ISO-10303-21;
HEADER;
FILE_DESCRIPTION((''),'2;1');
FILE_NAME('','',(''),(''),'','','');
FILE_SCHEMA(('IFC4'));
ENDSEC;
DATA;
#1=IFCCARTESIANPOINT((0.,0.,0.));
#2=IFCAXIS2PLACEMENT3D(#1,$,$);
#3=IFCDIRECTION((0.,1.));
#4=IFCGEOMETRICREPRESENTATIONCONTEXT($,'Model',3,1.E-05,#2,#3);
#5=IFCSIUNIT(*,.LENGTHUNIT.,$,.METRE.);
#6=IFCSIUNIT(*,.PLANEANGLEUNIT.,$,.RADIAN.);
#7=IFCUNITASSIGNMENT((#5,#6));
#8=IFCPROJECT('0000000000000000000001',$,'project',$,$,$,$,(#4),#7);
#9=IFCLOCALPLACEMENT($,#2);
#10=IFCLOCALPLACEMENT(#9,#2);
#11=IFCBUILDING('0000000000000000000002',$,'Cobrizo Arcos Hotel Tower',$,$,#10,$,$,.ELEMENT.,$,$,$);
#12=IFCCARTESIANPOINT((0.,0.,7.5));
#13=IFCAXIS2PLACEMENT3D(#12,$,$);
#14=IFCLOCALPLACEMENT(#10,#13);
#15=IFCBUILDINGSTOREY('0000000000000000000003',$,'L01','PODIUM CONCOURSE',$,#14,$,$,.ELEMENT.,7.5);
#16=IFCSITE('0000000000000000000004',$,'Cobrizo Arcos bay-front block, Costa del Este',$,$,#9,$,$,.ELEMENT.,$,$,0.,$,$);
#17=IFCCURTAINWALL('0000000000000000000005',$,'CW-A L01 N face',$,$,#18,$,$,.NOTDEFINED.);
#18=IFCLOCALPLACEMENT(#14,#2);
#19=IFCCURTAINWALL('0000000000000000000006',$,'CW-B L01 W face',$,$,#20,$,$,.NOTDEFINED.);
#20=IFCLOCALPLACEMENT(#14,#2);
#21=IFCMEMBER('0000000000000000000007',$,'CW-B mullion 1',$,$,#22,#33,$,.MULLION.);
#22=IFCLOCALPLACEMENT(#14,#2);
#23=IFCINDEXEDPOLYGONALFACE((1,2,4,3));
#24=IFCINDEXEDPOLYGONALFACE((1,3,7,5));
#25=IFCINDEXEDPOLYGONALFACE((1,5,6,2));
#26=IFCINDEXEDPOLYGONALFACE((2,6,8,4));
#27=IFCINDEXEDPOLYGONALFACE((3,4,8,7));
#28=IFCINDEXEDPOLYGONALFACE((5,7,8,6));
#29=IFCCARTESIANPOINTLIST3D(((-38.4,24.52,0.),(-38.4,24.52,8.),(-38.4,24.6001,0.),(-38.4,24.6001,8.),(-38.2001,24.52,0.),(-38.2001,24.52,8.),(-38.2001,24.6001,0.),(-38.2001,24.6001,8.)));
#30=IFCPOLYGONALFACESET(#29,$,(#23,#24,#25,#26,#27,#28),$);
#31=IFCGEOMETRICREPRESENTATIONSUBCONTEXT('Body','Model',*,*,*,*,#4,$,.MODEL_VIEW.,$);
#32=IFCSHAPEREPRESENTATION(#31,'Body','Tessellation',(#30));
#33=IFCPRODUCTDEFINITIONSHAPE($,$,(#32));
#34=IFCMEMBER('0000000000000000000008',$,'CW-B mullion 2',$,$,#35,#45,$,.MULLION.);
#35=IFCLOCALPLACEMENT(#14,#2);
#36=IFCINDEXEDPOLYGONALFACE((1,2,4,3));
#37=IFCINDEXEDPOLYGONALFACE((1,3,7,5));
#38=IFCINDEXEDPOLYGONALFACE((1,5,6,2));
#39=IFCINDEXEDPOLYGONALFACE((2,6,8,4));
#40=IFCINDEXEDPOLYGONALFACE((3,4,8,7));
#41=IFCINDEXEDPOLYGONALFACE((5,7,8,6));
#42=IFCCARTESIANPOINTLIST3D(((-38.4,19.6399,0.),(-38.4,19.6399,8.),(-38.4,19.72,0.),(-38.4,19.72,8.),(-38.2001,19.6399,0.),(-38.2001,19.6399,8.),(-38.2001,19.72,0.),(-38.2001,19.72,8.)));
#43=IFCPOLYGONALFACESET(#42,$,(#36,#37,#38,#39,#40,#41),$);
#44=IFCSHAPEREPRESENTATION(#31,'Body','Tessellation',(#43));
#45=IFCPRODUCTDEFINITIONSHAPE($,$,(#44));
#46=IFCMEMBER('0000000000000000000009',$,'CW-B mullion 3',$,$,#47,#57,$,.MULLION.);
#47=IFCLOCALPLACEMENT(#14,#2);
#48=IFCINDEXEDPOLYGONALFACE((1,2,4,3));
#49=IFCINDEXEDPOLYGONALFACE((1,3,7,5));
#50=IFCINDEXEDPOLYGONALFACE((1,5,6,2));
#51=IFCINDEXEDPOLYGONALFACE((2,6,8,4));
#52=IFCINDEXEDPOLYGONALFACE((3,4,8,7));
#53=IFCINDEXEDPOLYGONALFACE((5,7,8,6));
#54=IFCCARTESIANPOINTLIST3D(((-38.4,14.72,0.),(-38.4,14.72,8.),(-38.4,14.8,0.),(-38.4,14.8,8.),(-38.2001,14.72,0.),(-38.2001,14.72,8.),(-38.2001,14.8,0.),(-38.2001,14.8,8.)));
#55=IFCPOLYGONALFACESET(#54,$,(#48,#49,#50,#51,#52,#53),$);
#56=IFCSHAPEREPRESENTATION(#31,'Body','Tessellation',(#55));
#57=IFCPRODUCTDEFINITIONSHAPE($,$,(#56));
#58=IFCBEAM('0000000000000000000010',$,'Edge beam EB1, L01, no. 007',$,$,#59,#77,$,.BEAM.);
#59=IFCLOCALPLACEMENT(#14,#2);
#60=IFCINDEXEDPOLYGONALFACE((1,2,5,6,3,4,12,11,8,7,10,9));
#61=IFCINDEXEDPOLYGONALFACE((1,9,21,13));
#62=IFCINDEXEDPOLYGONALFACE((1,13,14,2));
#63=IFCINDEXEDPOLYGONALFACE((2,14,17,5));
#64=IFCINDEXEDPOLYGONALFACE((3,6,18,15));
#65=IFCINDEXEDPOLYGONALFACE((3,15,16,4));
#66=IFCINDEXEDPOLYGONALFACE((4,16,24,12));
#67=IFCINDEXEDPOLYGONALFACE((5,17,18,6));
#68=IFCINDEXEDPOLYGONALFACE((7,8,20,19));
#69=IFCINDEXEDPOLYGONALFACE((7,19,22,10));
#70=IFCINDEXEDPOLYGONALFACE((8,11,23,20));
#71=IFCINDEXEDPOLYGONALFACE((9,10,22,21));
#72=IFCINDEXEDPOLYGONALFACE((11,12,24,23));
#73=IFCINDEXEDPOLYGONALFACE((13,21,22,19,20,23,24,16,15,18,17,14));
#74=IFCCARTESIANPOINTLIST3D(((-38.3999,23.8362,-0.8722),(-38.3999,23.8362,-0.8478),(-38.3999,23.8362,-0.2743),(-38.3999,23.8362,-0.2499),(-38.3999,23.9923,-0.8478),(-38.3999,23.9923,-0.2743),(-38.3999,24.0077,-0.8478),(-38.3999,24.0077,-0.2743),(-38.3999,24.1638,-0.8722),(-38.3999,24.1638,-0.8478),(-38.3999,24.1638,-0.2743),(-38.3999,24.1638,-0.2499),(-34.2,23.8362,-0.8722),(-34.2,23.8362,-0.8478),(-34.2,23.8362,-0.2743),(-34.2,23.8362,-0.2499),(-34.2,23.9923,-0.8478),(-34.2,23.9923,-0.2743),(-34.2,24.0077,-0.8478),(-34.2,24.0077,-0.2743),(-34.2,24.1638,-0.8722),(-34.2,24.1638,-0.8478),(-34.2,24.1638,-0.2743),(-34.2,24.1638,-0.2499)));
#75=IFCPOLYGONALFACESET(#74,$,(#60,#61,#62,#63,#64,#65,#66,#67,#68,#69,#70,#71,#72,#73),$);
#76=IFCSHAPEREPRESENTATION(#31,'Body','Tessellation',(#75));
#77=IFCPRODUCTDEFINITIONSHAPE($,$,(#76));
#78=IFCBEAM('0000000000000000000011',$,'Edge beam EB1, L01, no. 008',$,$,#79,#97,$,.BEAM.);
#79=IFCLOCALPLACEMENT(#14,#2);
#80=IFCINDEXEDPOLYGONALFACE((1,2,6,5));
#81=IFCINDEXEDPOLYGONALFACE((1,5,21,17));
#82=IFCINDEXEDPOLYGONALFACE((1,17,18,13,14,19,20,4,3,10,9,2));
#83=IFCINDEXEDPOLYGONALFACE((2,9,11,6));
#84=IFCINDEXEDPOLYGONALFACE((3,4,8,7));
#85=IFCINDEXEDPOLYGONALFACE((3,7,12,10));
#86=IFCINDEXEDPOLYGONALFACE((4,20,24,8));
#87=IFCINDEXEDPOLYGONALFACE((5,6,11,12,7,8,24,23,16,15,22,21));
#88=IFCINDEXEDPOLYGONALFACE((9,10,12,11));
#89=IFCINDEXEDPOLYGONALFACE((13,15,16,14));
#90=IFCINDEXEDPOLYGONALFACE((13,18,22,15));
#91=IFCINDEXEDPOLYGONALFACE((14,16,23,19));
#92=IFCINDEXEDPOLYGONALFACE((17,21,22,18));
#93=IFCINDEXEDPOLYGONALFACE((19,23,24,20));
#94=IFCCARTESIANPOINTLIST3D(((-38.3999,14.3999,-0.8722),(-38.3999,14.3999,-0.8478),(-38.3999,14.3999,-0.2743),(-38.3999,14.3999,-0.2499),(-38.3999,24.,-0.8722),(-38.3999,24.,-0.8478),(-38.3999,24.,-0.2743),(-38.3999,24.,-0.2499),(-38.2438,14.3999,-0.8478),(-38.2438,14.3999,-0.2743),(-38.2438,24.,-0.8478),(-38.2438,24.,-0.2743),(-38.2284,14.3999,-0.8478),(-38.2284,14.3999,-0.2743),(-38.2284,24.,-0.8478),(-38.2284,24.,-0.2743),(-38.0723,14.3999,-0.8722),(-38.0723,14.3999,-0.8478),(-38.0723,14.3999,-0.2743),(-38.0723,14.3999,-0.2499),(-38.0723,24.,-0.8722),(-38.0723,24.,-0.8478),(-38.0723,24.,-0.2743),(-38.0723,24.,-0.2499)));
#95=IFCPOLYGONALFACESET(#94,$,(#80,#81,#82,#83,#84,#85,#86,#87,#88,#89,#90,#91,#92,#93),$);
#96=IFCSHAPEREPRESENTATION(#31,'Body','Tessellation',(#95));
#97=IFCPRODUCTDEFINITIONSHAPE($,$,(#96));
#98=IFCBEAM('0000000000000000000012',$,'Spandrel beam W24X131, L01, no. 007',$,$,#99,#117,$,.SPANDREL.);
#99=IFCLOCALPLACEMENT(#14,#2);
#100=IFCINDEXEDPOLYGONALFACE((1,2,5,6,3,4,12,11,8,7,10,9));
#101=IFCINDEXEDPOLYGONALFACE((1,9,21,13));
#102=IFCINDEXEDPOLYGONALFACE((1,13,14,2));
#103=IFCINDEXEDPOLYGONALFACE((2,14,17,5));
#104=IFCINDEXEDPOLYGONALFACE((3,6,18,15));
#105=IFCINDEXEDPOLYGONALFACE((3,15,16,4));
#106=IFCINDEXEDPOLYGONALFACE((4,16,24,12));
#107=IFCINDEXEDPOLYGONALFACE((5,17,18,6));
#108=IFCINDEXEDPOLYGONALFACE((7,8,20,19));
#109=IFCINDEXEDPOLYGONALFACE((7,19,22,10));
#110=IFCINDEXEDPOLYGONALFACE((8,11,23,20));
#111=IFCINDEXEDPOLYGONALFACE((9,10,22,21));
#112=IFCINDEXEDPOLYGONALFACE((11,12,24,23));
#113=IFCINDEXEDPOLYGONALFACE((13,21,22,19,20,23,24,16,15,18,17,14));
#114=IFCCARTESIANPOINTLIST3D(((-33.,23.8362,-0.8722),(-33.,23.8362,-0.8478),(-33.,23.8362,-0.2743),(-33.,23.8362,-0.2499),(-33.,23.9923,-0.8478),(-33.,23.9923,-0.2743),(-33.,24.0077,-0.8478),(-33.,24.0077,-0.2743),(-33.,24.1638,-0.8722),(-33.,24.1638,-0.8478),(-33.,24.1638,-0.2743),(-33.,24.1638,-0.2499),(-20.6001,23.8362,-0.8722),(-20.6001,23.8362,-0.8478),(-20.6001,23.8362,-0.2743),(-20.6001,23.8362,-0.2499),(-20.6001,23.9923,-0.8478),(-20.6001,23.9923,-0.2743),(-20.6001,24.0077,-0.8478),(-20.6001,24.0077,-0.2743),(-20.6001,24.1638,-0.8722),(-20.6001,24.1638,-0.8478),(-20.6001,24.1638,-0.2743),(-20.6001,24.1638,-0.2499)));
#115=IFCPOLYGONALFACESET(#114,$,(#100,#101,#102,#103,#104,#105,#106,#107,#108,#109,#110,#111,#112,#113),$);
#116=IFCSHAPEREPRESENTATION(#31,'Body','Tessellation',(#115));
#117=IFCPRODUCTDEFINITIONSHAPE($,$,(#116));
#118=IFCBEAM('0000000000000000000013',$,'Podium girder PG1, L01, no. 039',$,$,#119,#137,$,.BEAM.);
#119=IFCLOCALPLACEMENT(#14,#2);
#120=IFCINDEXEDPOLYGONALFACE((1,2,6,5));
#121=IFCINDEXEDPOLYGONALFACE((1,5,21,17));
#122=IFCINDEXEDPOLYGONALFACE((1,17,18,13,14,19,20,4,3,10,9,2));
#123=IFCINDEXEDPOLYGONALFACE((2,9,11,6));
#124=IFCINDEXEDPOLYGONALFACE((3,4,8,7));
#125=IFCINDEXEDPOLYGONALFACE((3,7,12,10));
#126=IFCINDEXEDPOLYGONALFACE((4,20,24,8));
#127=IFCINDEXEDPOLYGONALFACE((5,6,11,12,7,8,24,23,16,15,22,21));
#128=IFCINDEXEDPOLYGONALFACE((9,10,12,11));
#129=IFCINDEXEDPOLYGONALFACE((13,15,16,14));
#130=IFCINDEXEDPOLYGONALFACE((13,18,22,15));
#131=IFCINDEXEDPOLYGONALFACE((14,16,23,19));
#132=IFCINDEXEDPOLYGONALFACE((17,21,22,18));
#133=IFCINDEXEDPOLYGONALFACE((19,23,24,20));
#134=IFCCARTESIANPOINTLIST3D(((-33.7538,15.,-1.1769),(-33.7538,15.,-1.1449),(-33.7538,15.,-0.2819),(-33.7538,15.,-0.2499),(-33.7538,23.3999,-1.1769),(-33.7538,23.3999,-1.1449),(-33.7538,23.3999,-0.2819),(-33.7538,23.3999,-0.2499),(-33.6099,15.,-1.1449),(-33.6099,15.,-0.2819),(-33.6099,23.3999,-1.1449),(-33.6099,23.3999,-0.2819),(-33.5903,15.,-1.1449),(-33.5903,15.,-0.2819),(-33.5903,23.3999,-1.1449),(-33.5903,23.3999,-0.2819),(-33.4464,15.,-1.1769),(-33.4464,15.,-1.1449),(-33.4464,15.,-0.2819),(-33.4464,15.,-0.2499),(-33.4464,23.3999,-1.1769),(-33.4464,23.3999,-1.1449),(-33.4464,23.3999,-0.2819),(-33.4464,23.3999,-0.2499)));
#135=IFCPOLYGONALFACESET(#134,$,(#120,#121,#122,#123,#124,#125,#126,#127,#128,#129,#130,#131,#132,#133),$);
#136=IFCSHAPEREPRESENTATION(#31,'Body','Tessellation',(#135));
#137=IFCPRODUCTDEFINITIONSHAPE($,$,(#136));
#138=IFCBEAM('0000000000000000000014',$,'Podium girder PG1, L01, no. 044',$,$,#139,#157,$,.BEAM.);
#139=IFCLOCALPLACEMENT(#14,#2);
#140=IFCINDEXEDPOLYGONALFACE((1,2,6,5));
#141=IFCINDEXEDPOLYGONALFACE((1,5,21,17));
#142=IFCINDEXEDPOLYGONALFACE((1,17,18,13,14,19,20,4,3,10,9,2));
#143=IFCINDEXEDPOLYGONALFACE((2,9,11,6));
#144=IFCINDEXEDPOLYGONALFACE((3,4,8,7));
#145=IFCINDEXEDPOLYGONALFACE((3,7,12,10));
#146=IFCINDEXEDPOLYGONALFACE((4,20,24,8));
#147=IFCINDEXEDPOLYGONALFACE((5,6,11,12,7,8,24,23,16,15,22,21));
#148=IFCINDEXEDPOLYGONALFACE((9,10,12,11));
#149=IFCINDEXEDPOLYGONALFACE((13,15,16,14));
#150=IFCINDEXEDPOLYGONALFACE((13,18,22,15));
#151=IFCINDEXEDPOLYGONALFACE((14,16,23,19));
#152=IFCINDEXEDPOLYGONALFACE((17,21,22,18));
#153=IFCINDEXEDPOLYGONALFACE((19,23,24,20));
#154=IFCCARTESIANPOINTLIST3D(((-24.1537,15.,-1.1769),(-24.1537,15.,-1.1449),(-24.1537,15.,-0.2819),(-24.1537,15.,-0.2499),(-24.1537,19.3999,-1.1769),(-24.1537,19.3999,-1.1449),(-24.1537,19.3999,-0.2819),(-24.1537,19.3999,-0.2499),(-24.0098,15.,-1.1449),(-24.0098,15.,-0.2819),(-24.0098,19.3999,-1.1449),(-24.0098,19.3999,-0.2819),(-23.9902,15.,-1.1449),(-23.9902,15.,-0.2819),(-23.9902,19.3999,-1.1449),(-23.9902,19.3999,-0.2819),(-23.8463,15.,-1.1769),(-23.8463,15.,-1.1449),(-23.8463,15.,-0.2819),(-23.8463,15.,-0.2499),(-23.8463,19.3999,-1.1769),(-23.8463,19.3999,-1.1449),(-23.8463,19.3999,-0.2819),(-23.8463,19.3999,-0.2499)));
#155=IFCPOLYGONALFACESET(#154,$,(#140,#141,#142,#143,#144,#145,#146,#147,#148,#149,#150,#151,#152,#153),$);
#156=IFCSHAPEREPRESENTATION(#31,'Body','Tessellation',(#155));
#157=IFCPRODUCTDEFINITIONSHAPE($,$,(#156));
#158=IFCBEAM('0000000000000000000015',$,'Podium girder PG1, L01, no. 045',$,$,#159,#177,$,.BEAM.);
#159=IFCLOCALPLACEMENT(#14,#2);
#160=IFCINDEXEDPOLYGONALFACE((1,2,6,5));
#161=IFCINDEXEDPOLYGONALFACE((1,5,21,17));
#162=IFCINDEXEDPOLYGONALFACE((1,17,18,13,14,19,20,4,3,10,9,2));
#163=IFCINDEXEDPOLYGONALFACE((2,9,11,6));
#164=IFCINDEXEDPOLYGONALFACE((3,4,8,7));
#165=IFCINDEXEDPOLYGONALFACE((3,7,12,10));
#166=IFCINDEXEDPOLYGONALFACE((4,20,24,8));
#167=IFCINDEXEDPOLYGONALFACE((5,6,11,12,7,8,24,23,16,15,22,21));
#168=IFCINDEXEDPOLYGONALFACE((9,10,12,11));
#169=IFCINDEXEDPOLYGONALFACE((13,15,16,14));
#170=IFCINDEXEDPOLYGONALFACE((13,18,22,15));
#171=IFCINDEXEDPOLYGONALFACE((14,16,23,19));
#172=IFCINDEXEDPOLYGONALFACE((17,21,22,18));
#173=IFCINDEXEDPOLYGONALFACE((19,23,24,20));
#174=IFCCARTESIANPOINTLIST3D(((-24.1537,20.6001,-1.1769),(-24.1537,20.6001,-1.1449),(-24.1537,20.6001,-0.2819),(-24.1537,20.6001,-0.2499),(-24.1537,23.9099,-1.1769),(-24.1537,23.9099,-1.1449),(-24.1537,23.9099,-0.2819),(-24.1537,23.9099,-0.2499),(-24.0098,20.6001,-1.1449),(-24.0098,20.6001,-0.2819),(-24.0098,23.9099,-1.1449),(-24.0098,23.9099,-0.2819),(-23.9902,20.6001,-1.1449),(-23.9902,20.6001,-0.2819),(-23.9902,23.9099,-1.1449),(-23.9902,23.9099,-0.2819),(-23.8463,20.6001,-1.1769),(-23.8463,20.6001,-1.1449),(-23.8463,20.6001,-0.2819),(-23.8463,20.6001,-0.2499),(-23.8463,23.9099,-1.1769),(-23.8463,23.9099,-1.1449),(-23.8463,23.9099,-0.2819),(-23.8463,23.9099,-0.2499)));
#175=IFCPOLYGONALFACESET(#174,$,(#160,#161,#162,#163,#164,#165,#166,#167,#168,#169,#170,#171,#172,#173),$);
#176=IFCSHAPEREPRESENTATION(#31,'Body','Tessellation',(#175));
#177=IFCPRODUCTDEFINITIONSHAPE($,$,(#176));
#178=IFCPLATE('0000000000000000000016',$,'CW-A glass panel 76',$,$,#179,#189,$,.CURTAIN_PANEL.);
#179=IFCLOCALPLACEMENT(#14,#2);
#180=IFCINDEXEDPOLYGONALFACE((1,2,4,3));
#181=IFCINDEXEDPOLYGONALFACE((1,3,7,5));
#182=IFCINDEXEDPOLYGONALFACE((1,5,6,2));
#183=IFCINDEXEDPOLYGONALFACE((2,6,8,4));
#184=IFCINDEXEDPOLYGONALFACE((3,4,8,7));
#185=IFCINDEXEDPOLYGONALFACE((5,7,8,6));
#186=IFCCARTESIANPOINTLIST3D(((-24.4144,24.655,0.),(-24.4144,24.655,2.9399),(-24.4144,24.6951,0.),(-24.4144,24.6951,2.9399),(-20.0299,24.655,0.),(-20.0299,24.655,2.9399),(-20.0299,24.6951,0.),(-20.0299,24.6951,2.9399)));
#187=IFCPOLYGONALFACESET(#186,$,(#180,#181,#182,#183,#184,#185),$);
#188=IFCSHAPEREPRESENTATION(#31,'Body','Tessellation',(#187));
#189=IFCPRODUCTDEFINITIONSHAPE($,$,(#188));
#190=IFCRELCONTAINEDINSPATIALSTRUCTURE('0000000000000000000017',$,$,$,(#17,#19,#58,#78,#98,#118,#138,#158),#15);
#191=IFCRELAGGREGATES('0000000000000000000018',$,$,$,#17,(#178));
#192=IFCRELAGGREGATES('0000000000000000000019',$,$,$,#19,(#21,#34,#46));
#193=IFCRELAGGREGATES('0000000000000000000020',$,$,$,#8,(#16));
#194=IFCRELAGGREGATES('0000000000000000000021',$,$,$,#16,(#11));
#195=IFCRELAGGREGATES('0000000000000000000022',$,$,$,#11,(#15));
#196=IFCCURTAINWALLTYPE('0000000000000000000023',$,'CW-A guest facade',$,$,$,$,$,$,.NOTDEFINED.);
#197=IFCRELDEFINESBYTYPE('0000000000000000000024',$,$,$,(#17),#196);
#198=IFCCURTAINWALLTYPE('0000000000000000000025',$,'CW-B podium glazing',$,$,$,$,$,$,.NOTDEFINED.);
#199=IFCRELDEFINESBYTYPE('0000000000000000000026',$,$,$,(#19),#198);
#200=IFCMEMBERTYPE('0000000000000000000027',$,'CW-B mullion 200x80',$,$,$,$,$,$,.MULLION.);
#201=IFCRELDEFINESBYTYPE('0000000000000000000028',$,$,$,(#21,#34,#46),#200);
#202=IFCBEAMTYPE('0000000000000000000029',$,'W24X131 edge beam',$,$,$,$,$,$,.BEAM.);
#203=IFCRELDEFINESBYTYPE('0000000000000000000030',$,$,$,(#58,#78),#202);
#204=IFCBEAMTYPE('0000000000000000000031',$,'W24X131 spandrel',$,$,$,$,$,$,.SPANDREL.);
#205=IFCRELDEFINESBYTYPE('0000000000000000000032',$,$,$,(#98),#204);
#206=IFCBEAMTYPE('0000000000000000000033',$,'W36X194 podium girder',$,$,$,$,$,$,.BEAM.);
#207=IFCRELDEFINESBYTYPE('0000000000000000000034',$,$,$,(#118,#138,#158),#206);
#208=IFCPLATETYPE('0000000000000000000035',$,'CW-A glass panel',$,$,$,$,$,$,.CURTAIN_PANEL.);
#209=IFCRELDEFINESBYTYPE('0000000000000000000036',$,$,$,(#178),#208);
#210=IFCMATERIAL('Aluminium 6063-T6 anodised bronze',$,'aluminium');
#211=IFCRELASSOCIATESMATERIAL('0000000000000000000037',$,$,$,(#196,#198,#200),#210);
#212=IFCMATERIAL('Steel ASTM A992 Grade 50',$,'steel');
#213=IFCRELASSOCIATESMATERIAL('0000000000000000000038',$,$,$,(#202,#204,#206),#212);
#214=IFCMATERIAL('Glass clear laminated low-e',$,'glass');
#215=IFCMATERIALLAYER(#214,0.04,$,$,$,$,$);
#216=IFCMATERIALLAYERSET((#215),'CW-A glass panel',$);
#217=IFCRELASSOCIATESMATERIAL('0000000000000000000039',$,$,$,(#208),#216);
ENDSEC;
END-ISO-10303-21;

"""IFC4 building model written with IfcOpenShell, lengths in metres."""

from ifc_helpers import new_model, si_unit, direction, frame, origin, origin_2d, place, context, subcontext, project, spatial, rectangle, i_section, extrude, material, layer, layer_set, material_profile, profile_set, type_object, element, aggregate, save


model = new_model("IFC4")

# Units and contexts
model_context = context("Model", 3, precision=1e-05, world=origin(), true_north=direction((0.0, 1.0)))
body_context = subcontext(model_context, "Body", "Model", "MODEL_VIEW")
ifc_project = project(units=[si_unit("LENGTHUNIT", "METRE"), si_unit("PLANEANGLEUNIT", "RADIAN")], contexts=[model_context])

# Site, building, storey
site_placement = place(None, origin())
site = spatial("IfcSite", under=ifc_project, at=site_placement, Name="Cobrizo Arcos bay-front block, Costa del Este", CompositionType="ELEMENT", RefElevation=0.0)
building_placement = place(site_placement, origin())
building = spatial("IfcBuilding", under=site, at=building_placement, Name="Cobrizo Arcos Hotel Tower", CompositionType="ELEMENT")
storey_placement = place(building_placement, frame((0.0, 0.0, 7.5)))
storey = spatial("IfcBuildingStorey", under=building, at=storey_placement, Name="L01", Description="PODIUM CONCOURSE", CompositionType="ELEMENT", Elevation=7.5)

# Curtain walls, members
ifc_material_1 = material(Name="Aluminium 6063-T6 anodised bronze", Category="aluminium")
curtain_wall_type_1 = type_object("IfcCurtainWallType", Name="CW-A guest facade", PredefinedType="NOTDEFINED", material=ifc_material_1)
curtain_wall_1_placement = place(storey_placement, origin())
curtain_wall_1 = element("IfcCurtainWall", 1, at=curtain_wall_1_placement, inside=storey, type_object=curtain_wall_type_1, Name="CW-A L01 N face", PredefinedType="NOTDEFINED")
curtain_wall_type_2 = type_object("IfcCurtainWallType", Name="CW-B podium glazing", PredefinedType="NOTDEFINED", material=ifc_material_1)
curtain_wall_2_placement = place(storey_placement, origin())
curtain_wall_2 = element("IfcCurtainWall", 2, at=curtain_wall_2_placement, inside=storey, type_object=curtain_wall_type_2, Name="CW-B L01 W face", PredefinedType="NOTDEFINED")
ifc_material_profile_1 = material_profile(ifc_material_1, rectangle(XDim=0.2, YDim=0.0801, at=origin_2d()), Name="CW-B mullion 200x80")
ifc_profile_set_1 = profile_set([ifc_material_profile_1], Name="Aluminium 6063-T6 anodised bronze")
member_type_1 = type_object("IfcMemberType", Name="CW-B mullion 200x80", PredefinedType="MULLION", material=ifc_profile_set_1)
member_1_placement = place(storey_placement, frame((-38.3, 24.5601, 0.0), z_axis=(0.0, 0.0, 1.0), x_axis=(-1.0, 0.0, 0.0)))
member_1 = element("IfcMember", 3, at=member_1_placement, type_object=member_type_1, Name="CW-B mullion 1", PredefinedType="MULLION", context=body_context, shape_type="SweptSolid", body=[
    extrude(rectangle(XDim=0.2, YDim=0.0801, at=origin_2d()), origin(), (0.0, 0.0, 1.0), 8.0),
])
member_2_placement = place(storey_placement, frame((-38.3, 19.6799, 0.0), z_axis=(0.0, 0.0, 1.0), x_axis=(-1.0, 0.0, 0.0)))
member_2 = element("IfcMember", 4, at=member_2_placement, type_object=member_type_1, Name="CW-B mullion 2", PredefinedType="MULLION", context=body_context, shape_type="SweptSolid", body=[
    extrude(rectangle(XDim=0.2, YDim=0.0801, at=origin_2d()), origin(), (0.0, 0.0, 1.0), 8.0),
])
member_3_placement = place(storey_placement, frame((-38.3, 14.76, 0.0), z_axis=(0.0, 0.0, 1.0), x_axis=(-1.0, 0.0, 0.0)))
member_3 = element("IfcMember", 5, at=member_3_placement, type_object=member_type_1, Name="CW-B mullion 3", PredefinedType="MULLION", context=body_context, shape_type="SweptSolid", body=[
    extrude(rectangle(XDim=0.2, YDim=0.0801, at=origin_2d()), origin(), (0.0, 0.0, 1.0), 8.0),
])

# Beams
ifc_material_2 = material(Name="Steel ASTM A992 Grade 50", Category="steel")
ifc_material_profile_2 = material_profile(ifc_material_2, i_section(OverallWidth=0.3276, OverallDepth=0.6223, WebThickness=0.0154, FlangeThickness=0.0244, at=origin_2d()), Name="W24X131")
ifc_profile_set_2 = profile_set([ifc_material_profile_2], Name="Steel ASTM A992 Grade 50")
beam_type_1 = type_object("IfcBeamType", Name="W24X131 edge beam", PredefinedType="BEAM", material=ifc_profile_set_2)
beam_1_placement = place(storey_placement, frame((-34.2, 24.0, -0.561), z_axis=(-1.0, 0.0, 0.0), x_axis=(0.0, -1.0, 0.0)))
element("IfcBeam", 6, at=beam_1_placement, inside=storey, type_object=beam_type_1, Name="Edge beam EB1, L01, no. 007", PredefinedType="BEAM", context=body_context, shape_type="SweptSolid", body=[
    extrude(i_section(OverallWidth=0.3276, OverallDepth=0.6223, WebThickness=0.0154, FlangeThickness=0.0244, at=origin_2d()), origin(), (0.0, 0.0, 1.0), 4.2),
])
beam_2_placement = place(storey_placement, frame((-38.2361, 24.0, -0.561), z_axis=(0.0, -1.0, 0.0), x_axis=(1.0, 0.0, 0.0)))
element("IfcBeam", 7, at=beam_2_placement, inside=storey, type_object=beam_type_1, Name="Edge beam EB1, L01, no. 008", PredefinedType="BEAM", context=body_context, shape_type="SweptSolid", body=[
    extrude(i_section(OverallWidth=0.3276, OverallDepth=0.6223, WebThickness=0.0154, FlangeThickness=0.0244, at=origin_2d()), origin(), (0.0, 0.0, 1.0), 9.6001),
])
ifc_material_profile_3 = material_profile(ifc_material_2, i_section(OverallWidth=0.3276, OverallDepth=0.6223, WebThickness=0.0154, FlangeThickness=0.0244, at=origin_2d()), Name="W24X131")
ifc_profile_set_3 = profile_set([ifc_material_profile_3], Name="Steel ASTM A992 Grade 50")
beam_type_2 = type_object("IfcBeamType", Name="W24X131 spandrel", PredefinedType="SPANDREL", material=ifc_profile_set_3)
beam_3_placement = place(storey_placement, frame((-20.6001, 24.0, -0.561), z_axis=(-1.0, 0.0, 0.0), x_axis=(0.0, -1.0, 0.0)))
element("IfcBeam", 8, at=beam_3_placement, inside=storey, type_object=beam_type_2, Name="Spandrel beam W24X131, L01, no. 007", PredefinedType="SPANDREL", context=body_context, shape_type="SweptSolid", body=[
    extrude(i_section(OverallWidth=0.3276, OverallDepth=0.6223, WebThickness=0.0154, FlangeThickness=0.0244, at=origin_2d()), origin(), (0.0, 0.0, 1.0), 12.3999),
])
ifc_material_profile_4 = material_profile(ifc_material_2, i_section(OverallWidth=0.3074, OverallDepth=0.927, WebThickness=0.0195, FlangeThickness=0.032, at=origin_2d()), Name="W36X194")
ifc_profile_set_4 = profile_set([ifc_material_profile_4], Name="Steel ASTM A992 Grade 50")
beam_type_3 = type_object("IfcBeamType", Name="W36X194 podium girder", PredefinedType="BEAM", material=ifc_profile_set_4)
beam_4_placement = place(storey_placement, frame((-33.6001, 15.0, -0.7134), z_axis=(0.0, 1.0, 0.0), x_axis=(-1.0, 0.0, 0.0)))
element("IfcBeam", 9, at=beam_4_placement, inside=storey, type_object=beam_type_3, Name="Podium girder PG1, L01, no. 039", PredefinedType="BEAM", context=body_context, shape_type="SweptSolid", body=[
    extrude(i_section(OverallWidth=0.3074, OverallDepth=0.927, WebThickness=0.0195, FlangeThickness=0.032, at=origin_2d()), origin(), (0.0, 0.0, 1.0), 8.3999),
])
beam_5_placement = place(storey_placement, frame((-24.0, 15.0, -0.7134), z_axis=(0.0, 1.0, 0.0), x_axis=(-1.0, 0.0, 0.0)))
element("IfcBeam", 10, at=beam_5_placement, inside=storey, type_object=beam_type_3, Name="Podium girder PG1, L01, no. 044", PredefinedType="BEAM", context=body_context, shape_type="SweptSolid", body=[
    extrude(i_section(OverallWidth=0.3074, OverallDepth=0.927, WebThickness=0.0195, FlangeThickness=0.032, at=origin_2d()), origin(), (0.0, 0.0, 1.0), 4.3999),
])
beam_6_placement = place(storey_placement, frame((-24.0, 20.6001, -0.7134), z_axis=(0.0, 1.0, 0.0), x_axis=(-1.0, 0.0, 0.0)))
element("IfcBeam", 11, at=beam_6_placement, inside=storey, type_object=beam_type_3, Name="Podium girder PG1, L01, no. 045", PredefinedType="BEAM", context=body_context, shape_type="SweptSolid", body=[
    extrude(i_section(OverallWidth=0.3074, OverallDepth=0.927, WebThickness=0.0195, FlangeThickness=0.032, at=origin_2d()), origin(), (0.0, 0.0, 1.0), 3.3098),
])

# Plate
ifc_material_3 = material(Name="Glass clear laminated low-e", Category="glass")
ifc_layer_1 = layer(ifc_material_3, 0.04)
ifc_layer_set_1 = layer_set([ifc_layer_1], Name="CW-A glass panel")
plate_type_1 = type_object("IfcPlateType", Name="CW-A glass panel", PredefinedType="CURTAIN_PANEL", material=ifc_layer_set_1)
plate_1_placement = place(storey_placement, frame((-22.2222, 24.675, 0.0), z_axis=(0.0, 0.0, 1.0), x_axis=(-1.0, 0.0, 0.0)))
plate_1 = element("IfcPlate", 12, at=plate_1_placement, type_object=plate_type_1, Name="CW-A glass panel 76", PredefinedType="CURTAIN_PANEL", context=body_context, shape_type="SweptSolid", body=[
    extrude(rectangle(XDim=4.3845, YDim=0.04, at=origin_2d()), origin(), (0.0, 0.0, 1.0), 2.9399),
])
aggregate(curtain_wall_1, [plate_1])
aggregate(curtain_wall_2, [member_1, member_2, member_3])

save(model, "model.ifc")
